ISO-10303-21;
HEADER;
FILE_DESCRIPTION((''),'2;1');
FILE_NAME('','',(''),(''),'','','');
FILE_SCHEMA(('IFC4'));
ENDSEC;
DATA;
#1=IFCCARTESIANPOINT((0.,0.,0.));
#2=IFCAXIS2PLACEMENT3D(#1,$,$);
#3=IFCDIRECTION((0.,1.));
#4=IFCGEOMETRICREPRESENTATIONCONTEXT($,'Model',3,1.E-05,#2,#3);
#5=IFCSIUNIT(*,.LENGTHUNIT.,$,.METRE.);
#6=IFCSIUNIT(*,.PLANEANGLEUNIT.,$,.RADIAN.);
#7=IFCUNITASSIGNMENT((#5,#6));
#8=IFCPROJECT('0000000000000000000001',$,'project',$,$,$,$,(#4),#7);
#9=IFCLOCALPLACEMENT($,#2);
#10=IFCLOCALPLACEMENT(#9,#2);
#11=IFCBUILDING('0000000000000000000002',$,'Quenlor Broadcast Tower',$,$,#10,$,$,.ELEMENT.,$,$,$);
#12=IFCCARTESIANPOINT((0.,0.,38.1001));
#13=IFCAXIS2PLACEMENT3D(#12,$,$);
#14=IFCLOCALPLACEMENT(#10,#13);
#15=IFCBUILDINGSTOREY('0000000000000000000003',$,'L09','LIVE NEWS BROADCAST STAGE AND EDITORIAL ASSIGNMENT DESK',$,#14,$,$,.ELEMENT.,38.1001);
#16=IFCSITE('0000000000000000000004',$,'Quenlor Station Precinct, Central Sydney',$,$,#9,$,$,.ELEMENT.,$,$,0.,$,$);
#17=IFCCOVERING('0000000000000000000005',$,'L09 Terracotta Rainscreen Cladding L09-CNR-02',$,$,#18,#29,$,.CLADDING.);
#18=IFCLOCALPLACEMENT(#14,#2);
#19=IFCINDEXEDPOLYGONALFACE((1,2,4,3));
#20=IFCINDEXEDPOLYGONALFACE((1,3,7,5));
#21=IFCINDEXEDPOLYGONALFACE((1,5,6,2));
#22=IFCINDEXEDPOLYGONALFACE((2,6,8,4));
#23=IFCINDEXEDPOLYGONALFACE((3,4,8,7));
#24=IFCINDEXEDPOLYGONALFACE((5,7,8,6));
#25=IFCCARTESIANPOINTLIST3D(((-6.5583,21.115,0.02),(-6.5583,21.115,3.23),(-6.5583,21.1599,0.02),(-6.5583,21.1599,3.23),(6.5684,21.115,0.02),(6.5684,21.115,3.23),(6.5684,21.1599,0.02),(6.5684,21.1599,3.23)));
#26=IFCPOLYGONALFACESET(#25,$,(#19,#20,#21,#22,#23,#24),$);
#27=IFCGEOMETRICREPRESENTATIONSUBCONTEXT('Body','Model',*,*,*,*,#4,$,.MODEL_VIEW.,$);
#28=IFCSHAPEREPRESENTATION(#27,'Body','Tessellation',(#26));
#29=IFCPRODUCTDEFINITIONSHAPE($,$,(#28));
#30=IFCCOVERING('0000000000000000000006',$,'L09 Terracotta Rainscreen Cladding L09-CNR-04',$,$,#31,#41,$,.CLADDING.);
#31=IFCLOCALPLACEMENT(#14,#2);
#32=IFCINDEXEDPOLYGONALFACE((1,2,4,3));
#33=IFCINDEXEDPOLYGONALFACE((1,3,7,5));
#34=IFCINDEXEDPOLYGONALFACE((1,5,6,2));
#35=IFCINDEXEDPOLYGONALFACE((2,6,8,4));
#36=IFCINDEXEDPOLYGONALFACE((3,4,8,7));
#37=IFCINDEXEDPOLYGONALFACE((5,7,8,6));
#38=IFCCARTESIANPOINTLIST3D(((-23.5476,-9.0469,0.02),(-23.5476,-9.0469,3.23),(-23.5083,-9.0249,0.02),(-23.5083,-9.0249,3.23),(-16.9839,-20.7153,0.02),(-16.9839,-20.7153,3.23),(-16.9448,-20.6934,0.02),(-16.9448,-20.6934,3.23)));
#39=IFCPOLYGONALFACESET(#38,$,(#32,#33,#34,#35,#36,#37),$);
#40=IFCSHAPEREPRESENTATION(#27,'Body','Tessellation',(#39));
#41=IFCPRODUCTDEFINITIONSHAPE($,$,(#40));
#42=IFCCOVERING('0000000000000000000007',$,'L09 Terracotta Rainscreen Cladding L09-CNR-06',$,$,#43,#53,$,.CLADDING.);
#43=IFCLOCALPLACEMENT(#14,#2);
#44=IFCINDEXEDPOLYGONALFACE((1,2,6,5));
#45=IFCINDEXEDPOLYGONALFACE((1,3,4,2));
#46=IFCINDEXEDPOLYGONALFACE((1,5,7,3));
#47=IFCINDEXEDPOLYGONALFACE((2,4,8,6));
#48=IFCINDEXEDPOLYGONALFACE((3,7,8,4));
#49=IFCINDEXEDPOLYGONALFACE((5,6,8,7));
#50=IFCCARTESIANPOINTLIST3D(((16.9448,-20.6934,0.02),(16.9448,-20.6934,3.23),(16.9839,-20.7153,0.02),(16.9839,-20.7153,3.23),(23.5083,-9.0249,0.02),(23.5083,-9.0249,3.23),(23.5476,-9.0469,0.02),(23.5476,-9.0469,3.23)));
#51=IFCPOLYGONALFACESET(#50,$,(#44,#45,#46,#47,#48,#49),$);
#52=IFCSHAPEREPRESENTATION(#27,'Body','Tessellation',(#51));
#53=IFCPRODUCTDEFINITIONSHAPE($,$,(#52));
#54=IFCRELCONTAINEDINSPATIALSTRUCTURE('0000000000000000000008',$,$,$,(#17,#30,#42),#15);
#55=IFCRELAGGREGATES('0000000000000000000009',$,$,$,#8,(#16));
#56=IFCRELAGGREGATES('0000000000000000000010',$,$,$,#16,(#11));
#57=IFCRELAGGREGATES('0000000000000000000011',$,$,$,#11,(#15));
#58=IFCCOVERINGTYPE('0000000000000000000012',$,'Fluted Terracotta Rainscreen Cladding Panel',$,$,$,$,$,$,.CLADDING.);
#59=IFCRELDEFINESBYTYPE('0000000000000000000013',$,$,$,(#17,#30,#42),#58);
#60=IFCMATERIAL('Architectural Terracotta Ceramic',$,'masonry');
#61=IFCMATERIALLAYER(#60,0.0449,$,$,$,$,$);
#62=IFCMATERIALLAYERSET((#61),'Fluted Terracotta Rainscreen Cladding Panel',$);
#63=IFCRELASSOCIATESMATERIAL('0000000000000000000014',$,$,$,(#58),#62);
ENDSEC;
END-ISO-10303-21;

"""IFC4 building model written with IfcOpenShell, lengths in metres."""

from ifc_helpers import new_model, si_unit, direction, frame, origin, place, context, subcontext, project, spatial, polyline, outline, extrude, material, layer, layer_set, type_object, element, save


model = new_model("IFC4")

# Units and contexts
model_context = context("Model", 3, precision=1e-05, world=origin(), true_north=direction((0.0, 1.0)))
body_context = subcontext(model_context, "Body", "Model", "MODEL_VIEW")
ifc_project = project(units=[si_unit("LENGTHUNIT", "METRE"), si_unit("PLANEANGLEUNIT", "RADIAN")], contexts=[model_context])

# Site, building, storey
site_placement = place(None, origin())
site = spatial("IfcSite", under=ifc_project, at=site_placement, Name="Quenlor Station Precinct, Central Sydney", CompositionType="ELEMENT", RefElevation=0.0)
building_placement = place(site_placement, origin())
building = spatial("IfcBuilding", under=site, at=building_placement, Name="Quenlor Broadcast Tower", CompositionType="ELEMENT")
storey_placement = place(building_placement, frame((0.0, 0.0, 38.1001)))
storey = spatial("IfcBuildingStorey", under=building, at=storey_placement, Name="L09", Description="LIVE NEWS BROADCAST STAGE AND EDITORIAL ASSIGNMENT DESK", CompositionType="ELEMENT", Elevation=38.1001)

# Coverings
ifc_material_1 = material(Name="Architectural Terracotta Ceramic", Category="masonry")
ifc_layer_1 = layer(ifc_material_1, 0.0449)
ifc_layer_set_1 = layer_set([ifc_layer_1], Name="Fluted Terracotta Rainscreen Cladding Panel")
covering_type_1 = type_object("IfcCoveringType", Name="Fluted Terracotta Rainscreen Cladding Panel", PredefinedType="CLADDING", material=ifc_layer_set_1)
covering_1_placement = place(storey_placement, frame((0.0, 0.0, 0.02)))
element("IfcCovering", 1, at=covering_1_placement, inside=storey, type_object=covering_type_1, Name="L09 Terracotta Rainscreen Cladding L09-CNR-02", PredefinedType="CLADDING", context=body_context, shape_type="SweptSolid", body=[
    extrude(outline(polyline([(6.5684, 21.1599), (-6.5583, 21.1599), (-6.5583, 21.115), (6.5684, 21.115), (6.5684, 21.1599)])), origin(), (0.0, 0.0, 1.0), 3.21),
])
covering_2_placement = place(storey_placement, frame((0.0, 0.0, 0.02)))
element("IfcCovering", 2, at=covering_2_placement, inside=storey, type_object=covering_type_1, Name="L09 Terracotta Rainscreen Cladding L09-CNR-04", PredefinedType="CLADDING", context=body_context, shape_type="SweptSolid", body=[
    extrude(outline(polyline([(-23.5476, -9.0469), (-16.9839, -20.7153), (-16.9448, -20.6934), (-23.5083, -9.0249), (-23.5476, -9.0469)])), origin(), (0.0, 0.0, 1.0), 3.21),
])
covering_3_placement = place(storey_placement, frame((0.0, 0.0, 0.02)))
element("IfcCovering", 3, at=covering_3_placement, inside=storey, type_object=covering_type_1, Name="L09 Terracotta Rainscreen Cladding L09-CNR-06", PredefinedType="CLADDING", context=body_context, shape_type="SweptSolid", body=[
    extrude(outline(polyline([(16.9839, -20.7153), (23.5476, -9.0469), (23.5083, -9.0249), (16.9448, -20.6934), (16.9839, -20.7153)])), origin(), (0.0, 0.0, 1.0), 3.21),
])

save(model, "model.ifc")
